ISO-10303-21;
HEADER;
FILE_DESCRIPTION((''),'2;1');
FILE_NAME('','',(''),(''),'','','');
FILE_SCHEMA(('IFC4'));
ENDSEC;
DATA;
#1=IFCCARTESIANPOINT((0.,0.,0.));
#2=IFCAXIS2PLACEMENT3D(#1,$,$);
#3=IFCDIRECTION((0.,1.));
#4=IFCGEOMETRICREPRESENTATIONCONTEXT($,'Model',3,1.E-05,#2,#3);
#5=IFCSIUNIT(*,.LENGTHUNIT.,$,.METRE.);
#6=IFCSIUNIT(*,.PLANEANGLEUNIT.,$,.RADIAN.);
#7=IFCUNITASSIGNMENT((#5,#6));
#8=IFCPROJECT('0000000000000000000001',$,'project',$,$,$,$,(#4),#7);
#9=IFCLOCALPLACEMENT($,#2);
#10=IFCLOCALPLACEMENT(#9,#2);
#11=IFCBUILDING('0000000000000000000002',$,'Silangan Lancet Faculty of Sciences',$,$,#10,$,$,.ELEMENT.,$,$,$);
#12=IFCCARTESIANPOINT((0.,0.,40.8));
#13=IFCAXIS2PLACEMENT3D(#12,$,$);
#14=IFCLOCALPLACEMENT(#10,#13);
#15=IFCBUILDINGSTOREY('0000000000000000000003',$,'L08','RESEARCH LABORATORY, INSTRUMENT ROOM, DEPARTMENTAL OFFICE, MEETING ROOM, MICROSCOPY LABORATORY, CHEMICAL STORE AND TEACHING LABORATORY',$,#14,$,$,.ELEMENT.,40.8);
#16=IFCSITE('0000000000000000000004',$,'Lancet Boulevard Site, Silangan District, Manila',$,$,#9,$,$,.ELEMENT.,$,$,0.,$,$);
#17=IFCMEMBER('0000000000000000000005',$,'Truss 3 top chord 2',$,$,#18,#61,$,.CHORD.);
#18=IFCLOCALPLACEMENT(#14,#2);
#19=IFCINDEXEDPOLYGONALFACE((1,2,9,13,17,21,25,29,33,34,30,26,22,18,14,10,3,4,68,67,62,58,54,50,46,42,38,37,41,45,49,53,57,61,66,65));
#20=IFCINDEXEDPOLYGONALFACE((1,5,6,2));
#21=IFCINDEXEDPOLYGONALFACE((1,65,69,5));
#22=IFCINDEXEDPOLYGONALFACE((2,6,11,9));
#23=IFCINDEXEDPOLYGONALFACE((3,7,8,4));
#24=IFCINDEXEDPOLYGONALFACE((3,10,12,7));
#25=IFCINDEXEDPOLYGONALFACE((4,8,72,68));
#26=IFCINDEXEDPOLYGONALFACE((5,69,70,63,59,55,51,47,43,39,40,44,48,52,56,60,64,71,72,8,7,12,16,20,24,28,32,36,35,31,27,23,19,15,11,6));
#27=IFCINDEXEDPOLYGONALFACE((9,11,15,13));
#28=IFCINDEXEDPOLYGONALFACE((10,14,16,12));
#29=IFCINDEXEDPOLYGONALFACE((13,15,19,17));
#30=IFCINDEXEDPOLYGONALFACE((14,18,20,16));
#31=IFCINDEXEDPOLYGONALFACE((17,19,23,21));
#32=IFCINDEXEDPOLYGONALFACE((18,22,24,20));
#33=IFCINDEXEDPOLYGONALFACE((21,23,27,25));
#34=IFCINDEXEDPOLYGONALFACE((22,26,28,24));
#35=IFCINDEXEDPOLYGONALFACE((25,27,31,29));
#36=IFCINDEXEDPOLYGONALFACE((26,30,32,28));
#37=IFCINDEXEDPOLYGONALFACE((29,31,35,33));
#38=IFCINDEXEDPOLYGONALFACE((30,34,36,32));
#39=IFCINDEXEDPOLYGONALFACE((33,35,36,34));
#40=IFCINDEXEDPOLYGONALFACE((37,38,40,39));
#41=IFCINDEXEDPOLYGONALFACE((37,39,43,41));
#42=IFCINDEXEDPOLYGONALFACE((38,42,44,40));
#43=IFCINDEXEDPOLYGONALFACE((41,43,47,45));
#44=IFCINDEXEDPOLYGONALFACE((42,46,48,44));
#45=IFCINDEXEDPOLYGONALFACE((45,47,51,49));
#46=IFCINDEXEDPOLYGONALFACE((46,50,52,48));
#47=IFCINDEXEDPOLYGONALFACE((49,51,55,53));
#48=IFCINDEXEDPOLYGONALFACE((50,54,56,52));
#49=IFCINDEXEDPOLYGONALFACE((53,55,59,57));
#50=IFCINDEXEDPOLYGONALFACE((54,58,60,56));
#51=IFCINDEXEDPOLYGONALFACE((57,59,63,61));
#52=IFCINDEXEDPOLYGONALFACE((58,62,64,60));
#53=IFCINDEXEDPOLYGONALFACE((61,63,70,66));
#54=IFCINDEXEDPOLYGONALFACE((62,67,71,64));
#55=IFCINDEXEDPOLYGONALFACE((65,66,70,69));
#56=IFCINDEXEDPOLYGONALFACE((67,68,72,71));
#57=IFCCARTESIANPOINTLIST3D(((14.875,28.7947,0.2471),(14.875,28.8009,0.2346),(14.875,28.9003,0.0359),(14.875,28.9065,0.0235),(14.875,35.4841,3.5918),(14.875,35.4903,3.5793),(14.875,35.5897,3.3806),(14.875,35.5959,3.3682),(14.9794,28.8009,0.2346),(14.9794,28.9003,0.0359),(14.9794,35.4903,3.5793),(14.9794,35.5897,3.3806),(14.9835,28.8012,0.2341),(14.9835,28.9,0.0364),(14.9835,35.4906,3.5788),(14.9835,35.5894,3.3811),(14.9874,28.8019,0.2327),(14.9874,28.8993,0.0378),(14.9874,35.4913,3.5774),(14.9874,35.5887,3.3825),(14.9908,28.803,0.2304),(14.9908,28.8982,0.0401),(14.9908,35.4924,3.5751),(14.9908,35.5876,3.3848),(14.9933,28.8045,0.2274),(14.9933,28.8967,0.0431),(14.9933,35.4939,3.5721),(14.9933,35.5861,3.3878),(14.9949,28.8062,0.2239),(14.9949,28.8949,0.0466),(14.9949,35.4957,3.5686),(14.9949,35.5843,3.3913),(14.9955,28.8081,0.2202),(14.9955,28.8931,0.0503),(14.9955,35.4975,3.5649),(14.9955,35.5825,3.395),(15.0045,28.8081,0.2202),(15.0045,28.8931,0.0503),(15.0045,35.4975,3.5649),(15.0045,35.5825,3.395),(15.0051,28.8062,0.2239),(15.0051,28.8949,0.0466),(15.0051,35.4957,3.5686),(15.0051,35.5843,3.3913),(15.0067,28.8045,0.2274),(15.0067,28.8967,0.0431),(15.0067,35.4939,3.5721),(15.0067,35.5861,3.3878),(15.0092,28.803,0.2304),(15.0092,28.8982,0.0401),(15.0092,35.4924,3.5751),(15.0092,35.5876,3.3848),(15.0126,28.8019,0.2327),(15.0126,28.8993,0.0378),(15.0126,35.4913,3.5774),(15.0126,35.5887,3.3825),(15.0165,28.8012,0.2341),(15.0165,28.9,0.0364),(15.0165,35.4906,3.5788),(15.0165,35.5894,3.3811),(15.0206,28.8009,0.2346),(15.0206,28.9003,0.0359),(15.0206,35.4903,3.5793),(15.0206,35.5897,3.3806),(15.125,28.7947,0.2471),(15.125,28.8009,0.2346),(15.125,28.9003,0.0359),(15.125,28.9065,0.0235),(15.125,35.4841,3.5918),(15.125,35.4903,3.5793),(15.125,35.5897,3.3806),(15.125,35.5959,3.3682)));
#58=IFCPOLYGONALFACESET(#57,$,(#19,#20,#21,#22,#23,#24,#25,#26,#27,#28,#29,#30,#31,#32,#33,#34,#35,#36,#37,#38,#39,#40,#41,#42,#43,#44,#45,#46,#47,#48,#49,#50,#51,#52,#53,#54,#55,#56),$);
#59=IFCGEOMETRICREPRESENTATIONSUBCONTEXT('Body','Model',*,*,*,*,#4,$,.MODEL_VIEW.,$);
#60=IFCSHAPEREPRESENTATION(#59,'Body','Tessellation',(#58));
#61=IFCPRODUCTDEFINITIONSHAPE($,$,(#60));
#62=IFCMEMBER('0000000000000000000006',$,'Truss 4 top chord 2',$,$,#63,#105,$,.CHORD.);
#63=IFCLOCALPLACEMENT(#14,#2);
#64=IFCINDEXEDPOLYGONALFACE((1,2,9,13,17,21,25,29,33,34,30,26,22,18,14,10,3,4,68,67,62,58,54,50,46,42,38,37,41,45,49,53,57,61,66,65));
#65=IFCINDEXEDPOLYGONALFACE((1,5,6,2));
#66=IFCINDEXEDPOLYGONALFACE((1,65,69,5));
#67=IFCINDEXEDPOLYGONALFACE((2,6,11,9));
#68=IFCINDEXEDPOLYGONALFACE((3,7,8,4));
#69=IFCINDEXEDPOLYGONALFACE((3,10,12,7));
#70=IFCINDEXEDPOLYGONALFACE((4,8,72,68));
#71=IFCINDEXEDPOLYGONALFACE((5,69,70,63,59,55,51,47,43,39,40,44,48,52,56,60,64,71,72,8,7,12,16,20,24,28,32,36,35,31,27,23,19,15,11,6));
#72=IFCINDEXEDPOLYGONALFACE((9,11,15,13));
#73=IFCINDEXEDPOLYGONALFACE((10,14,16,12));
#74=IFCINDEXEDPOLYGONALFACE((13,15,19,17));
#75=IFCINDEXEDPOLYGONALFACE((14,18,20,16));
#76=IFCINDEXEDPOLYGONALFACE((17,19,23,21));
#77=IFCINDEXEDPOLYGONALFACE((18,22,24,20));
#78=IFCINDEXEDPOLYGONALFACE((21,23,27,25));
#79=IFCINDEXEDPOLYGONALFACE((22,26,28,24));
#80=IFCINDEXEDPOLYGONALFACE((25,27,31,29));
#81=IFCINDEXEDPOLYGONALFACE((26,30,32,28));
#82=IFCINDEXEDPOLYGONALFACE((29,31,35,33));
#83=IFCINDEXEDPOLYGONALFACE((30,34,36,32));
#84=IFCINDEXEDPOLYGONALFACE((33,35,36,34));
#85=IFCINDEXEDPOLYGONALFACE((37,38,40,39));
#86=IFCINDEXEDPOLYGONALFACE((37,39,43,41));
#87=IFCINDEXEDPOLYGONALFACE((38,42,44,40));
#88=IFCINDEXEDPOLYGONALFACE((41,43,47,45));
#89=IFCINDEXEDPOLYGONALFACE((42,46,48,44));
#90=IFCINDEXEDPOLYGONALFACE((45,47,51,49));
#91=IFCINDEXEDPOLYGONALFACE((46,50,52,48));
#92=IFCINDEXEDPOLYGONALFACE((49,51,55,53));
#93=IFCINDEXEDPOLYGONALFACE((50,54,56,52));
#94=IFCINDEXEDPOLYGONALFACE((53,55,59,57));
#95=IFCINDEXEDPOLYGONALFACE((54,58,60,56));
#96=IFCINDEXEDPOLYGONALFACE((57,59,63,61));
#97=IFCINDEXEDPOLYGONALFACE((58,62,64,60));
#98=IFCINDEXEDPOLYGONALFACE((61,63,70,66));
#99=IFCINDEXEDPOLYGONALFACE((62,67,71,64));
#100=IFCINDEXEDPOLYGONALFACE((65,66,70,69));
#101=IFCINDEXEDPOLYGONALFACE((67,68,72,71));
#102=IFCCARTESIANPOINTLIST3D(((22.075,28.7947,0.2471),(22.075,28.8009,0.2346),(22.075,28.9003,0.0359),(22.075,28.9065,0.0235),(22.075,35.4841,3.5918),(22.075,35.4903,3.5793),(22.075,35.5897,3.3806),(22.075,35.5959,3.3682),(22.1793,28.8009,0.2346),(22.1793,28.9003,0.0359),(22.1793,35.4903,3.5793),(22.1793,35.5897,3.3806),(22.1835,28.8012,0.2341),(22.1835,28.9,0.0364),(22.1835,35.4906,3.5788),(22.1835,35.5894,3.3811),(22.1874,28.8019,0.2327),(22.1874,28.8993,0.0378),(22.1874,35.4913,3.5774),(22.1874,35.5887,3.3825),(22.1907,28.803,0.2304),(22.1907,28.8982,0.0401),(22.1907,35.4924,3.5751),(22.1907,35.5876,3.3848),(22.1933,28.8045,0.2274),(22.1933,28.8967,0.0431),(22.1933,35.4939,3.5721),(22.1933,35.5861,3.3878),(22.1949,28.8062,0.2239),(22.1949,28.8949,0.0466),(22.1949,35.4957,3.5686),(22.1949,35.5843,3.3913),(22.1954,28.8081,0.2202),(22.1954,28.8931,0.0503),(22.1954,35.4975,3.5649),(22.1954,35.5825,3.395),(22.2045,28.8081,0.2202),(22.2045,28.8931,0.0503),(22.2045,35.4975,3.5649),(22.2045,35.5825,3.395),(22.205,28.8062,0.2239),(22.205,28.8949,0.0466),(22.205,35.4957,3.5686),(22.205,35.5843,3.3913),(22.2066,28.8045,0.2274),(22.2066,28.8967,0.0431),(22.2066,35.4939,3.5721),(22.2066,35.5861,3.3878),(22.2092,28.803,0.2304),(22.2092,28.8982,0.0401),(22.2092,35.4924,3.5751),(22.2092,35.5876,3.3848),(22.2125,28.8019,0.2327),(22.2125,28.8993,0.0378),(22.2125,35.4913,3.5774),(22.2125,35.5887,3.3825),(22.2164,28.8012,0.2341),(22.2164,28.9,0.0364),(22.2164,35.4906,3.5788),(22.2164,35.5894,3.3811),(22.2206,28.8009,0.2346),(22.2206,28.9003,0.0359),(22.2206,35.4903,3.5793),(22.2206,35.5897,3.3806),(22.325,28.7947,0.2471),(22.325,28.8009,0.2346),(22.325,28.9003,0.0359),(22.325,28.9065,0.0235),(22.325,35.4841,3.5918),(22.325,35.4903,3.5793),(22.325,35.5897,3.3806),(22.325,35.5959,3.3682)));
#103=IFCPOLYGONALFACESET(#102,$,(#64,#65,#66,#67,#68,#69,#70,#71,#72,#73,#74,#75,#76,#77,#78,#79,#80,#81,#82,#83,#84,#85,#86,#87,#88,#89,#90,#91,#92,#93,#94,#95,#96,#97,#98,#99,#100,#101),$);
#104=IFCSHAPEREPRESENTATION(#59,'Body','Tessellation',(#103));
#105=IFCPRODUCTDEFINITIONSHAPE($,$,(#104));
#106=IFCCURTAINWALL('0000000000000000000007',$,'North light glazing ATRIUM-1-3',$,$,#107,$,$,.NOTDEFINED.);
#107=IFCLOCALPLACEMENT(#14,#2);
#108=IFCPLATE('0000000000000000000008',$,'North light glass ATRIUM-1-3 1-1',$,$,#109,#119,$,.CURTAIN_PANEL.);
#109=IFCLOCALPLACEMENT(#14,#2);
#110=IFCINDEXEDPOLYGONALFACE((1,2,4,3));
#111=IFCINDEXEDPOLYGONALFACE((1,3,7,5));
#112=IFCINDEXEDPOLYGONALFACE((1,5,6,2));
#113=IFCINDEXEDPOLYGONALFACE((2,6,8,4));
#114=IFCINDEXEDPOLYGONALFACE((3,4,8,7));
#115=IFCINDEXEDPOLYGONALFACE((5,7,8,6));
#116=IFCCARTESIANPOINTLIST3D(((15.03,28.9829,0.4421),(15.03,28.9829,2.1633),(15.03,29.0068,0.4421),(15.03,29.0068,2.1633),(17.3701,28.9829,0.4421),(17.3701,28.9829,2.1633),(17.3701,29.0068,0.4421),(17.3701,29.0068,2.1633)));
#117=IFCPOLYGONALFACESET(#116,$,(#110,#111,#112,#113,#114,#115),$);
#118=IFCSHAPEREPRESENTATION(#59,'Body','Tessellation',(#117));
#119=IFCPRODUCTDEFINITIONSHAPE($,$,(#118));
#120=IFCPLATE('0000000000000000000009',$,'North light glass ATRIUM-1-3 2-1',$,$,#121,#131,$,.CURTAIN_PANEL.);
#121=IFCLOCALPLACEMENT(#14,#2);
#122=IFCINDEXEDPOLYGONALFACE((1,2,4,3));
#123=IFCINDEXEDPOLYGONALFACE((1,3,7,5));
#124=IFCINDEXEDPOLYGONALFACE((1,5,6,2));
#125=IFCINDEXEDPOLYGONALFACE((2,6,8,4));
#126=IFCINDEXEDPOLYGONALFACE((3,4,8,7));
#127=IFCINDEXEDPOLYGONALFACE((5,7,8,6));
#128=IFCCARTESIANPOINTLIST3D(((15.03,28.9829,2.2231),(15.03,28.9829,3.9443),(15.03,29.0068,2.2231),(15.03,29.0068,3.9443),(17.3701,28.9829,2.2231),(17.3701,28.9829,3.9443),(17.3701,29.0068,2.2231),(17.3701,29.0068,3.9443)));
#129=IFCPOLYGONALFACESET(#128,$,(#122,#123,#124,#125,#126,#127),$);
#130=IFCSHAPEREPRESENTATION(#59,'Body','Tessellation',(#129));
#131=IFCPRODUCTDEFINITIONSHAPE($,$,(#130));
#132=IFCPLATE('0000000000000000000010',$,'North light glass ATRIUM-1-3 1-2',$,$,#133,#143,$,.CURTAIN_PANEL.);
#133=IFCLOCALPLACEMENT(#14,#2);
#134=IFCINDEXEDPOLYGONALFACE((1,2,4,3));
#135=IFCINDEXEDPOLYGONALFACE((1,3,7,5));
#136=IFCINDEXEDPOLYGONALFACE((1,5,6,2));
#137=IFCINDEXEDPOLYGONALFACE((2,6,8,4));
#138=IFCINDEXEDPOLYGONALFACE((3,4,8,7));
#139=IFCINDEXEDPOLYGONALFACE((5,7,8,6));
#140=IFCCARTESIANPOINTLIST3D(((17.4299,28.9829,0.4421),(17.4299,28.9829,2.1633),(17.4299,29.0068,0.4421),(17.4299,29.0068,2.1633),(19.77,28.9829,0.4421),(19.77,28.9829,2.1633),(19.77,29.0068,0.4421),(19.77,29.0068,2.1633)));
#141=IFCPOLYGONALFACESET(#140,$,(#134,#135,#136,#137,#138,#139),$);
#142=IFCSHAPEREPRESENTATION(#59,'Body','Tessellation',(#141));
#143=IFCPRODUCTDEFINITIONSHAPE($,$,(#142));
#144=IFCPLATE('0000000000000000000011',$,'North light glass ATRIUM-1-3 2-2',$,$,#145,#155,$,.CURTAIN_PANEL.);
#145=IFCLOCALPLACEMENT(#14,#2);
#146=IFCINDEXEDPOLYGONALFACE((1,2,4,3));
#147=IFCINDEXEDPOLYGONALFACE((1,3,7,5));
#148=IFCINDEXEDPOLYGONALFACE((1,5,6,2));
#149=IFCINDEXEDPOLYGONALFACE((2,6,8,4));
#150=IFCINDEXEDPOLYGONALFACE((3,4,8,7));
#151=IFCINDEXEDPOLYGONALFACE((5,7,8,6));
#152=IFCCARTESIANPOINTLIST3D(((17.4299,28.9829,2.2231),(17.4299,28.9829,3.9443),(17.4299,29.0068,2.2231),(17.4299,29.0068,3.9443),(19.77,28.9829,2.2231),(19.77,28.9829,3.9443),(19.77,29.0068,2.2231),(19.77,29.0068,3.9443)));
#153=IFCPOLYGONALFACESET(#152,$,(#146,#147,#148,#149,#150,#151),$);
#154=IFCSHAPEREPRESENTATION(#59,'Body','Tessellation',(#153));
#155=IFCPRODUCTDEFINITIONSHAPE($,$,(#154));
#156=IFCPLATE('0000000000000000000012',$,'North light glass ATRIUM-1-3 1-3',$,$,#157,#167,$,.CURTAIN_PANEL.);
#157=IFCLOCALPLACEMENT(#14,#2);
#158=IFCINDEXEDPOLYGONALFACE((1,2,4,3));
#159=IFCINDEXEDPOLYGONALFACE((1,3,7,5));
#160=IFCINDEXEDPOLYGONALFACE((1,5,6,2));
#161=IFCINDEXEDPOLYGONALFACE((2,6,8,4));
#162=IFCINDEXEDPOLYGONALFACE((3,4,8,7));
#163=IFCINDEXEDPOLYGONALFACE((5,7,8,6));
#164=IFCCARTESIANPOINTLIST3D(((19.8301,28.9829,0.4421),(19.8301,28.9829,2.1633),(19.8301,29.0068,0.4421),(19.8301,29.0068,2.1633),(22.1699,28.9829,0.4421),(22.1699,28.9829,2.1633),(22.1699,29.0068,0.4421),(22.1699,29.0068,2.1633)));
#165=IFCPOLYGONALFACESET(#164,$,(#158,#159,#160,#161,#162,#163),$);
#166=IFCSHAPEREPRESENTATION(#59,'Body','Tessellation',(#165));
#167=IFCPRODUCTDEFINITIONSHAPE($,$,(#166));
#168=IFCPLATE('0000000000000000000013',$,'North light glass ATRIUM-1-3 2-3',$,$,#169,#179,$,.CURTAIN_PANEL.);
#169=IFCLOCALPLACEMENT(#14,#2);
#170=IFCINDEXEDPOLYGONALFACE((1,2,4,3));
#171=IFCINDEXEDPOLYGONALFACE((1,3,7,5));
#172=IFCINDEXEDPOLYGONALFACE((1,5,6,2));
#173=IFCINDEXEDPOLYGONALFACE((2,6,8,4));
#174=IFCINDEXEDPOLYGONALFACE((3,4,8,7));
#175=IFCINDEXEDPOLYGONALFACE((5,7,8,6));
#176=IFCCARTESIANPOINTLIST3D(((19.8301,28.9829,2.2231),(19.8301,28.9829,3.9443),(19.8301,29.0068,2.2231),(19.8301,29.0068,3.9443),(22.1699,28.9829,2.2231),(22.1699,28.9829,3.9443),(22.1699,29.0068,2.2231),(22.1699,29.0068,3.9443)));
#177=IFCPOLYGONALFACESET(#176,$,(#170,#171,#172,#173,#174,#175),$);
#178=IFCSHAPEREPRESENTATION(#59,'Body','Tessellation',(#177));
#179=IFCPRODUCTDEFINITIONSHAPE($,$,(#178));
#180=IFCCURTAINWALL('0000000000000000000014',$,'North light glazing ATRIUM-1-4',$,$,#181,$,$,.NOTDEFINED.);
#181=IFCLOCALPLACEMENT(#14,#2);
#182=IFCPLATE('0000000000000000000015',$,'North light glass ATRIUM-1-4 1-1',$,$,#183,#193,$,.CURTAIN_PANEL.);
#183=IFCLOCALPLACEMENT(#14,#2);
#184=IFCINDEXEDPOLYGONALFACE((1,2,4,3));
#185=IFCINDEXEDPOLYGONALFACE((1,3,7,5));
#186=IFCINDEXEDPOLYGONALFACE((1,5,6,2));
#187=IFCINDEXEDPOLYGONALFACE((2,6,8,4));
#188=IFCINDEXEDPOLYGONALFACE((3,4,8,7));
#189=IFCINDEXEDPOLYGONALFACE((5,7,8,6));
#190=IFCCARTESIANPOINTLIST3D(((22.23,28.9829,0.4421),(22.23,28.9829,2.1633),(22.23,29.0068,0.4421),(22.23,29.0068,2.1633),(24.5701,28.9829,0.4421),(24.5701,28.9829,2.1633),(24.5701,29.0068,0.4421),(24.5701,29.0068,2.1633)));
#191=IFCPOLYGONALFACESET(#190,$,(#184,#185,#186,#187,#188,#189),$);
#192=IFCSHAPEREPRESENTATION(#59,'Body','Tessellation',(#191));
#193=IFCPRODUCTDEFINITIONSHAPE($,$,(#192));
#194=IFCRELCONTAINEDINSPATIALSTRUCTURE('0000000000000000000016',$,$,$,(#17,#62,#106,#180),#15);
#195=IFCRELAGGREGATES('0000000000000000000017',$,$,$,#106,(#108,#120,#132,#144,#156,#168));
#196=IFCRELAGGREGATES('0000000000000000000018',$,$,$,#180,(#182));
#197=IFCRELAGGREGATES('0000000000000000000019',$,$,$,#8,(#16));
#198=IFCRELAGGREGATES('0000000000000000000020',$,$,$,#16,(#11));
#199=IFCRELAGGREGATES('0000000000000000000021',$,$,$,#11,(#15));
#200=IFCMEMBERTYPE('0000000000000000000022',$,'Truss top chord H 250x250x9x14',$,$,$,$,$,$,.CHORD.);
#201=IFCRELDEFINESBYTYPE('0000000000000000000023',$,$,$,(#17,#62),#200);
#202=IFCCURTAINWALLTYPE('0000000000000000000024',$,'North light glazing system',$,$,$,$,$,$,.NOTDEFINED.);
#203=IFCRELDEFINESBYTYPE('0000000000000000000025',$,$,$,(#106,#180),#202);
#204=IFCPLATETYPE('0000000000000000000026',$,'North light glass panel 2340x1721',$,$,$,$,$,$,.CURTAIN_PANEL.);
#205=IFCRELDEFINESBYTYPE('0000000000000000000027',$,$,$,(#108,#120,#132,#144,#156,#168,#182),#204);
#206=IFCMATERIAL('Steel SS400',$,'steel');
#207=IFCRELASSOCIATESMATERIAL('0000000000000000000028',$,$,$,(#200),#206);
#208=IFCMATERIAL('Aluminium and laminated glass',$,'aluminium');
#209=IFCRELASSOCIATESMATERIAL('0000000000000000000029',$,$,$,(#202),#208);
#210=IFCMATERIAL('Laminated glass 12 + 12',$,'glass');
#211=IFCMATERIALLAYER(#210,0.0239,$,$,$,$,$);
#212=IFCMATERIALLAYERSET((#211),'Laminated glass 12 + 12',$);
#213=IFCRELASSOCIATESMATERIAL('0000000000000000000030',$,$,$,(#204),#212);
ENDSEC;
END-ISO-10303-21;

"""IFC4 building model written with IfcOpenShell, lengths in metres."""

from ifc_helpers import new_model, si_unit, direction, frame, origin, origin_2d, place, context, subcontext, project, spatial, polyline, i_section, outline, extrude, material, layer, layer_set, material_profile, profile_set, type_object, element, aggregate, save


model = new_model("IFC4")

# Units and contexts
model_context = context("Model", 3, precision=1e-05, world=origin(), true_north=direction((0.0, 1.0)))
body_context = subcontext(model_context, "Body", "Model", "MODEL_VIEW")
ifc_project = project(units=[si_unit("LENGTHUNIT", "METRE"), si_unit("PLANEANGLEUNIT", "RADIAN")], contexts=[model_context])

# Site, building, storey
site_placement = place(None, origin())
site = spatial("IfcSite", under=ifc_project, at=site_placement, Name="Lancet Boulevard Site, Silangan District, Manila", CompositionType="ELEMENT", RefElevation=0.0)
building_placement = place(site_placement, origin())
building = spatial("IfcBuilding", under=site, at=building_placement, Name="Silangan Lancet Faculty of Sciences", CompositionType="ELEMENT")
storey_placement = place(building_placement, frame((0.0, 0.0, 40.8)))
storey = spatial("IfcBuildingStorey", under=building, at=storey_placement, Name="L08", Description="RESEARCH LABORATORY, INSTRUMENT ROOM, DEPARTMENTAL OFFICE, MEETING ROOM, MICROSCOPY LABORATORY, CHEMICAL STORE AND TEACHING LABORATORY", CompositionType="ELEMENT", Elevation=40.8)

# Members
ifc_material_1 = material(Name="Steel SS400", Category="steel")
ifc_material_profile_1 = material_profile(ifc_material_1, i_section(OverallWidth=0.25, OverallDepth=0.25, WebThickness=0.009, FlangeThickness=0.0139, FilletRadius=0.0161, at=origin_2d()), Name="H 250x250x9x14")
ifc_profile_set_1 = profile_set([ifc_material_profile_1], Name="Steel SS400")
member_type_1 = type_object("IfcMemberType", Name="Truss top chord H 250x250x9x14", PredefinedType="CHORD", material=ifc_profile_set_1)
for number, where, z_axis, x_axis, name in (
    (1, (15.0, 28.8506, 0.1353), (0.0, 0.894427, 0.447214), (-1.0, 0.0, 0.0), "Truss 3 top chord 2"),
    (2, (22.2, 28.8506, 0.1353), (0.0, 0.894427, 0.447214), (-1.0, 0.0, 0.0), "Truss 4 top chord 2"),
):
    element("IfcMember", number, at=place(storey_placement, frame(where, z_axis=z_axis, x_axis=x_axis)), inside=storey, type_object=member_type_1, Name=name, PredefinedType="CHORD", context=body_context, shape_type="SweptSolid", body=[
        extrude(i_section(OverallWidth=0.25, OverallDepth=0.25, WebThickness=0.009, FlangeThickness=0.0139, FilletRadius=0.0161, at=origin_2d()), origin(), (0.0, 0.0, 1.0), 7.479),
    ])

# Curtain walls, plates
ifc_material_2 = material(Name="Aluminium and laminated glass", Category="aluminium")
curtain_wall_type = type_object("IfcCurtainWallType", Name="North light glazing system", PredefinedType="NOTDEFINED", material=ifc_material_2)
curtain_wall_1_placement = place(storey_placement, origin())
curtain_wall_1 = element("IfcCurtainWall", 3, at=curtain_wall_1_placement, inside=storey, type_object=curtain_wall_type, Name="North light glazing ATRIUM-1-3", PredefinedType="NOTDEFINED")
ifc_material_3 = material(Name="Laminated glass 12 + 12", Category="glass")
ifc_layer = layer(ifc_material_3, 0.0239)
ifc_layer_set = layer_set([ifc_layer], Name="Laminated glass 12 + 12")
plate_type = type_object("IfcPlateType", Name="North light glass panel 2340x1721", PredefinedType="CURTAIN_PANEL", material=ifc_layer_set)
plate_1_placement = place(storey_placement, frame((15.03, 28.9829, 0.4421), z_axis=(0.0, -1.0, 0.0), x_axis=(1.0, 0.0, 0.0)))
plate_1 = element("IfcPlate", 4, at=plate_1_placement, type_object=plate_type, Name="North light glass ATRIUM-1-3 1-1", PredefinedType="CURTAIN_PANEL", context=body_context, shape_type="SweptSolid", body=[
    extrude(outline(polyline([(0.0, 0.0), (2.3401, 0.0), (2.3401, 1.7212), (0.0, 1.7212), (0.0, 0.0)])), origin(), (0.0, 0.0, -1.0), 0.0239),
])
plate_2_placement = place(storey_placement, frame((15.03, 28.9829, 2.2231), z_axis=(0.0, -1.0, 0.0), x_axis=(1.0, 0.0, 0.0)))
plate_2 = element("IfcPlate", 5, at=plate_2_placement, type_object=plate_type, Name="North light glass ATRIUM-1-3 2-1", PredefinedType="CURTAIN_PANEL", context=body_context, shape_type="SweptSolid", body=[
    extrude(outline(polyline([(0.0, 0.0), (2.3401, 0.0), (2.3401, 1.7212), (0.0, 1.7212), (0.0, 0.0)])), origin(), (0.0, 0.0, -1.0), 0.0239),
])
plate_3_placement = place(storey_placement, frame((17.4299, 28.9829, 0.4421), z_axis=(0.0, -1.0, 0.0), x_axis=(1.0, 0.0, 0.0)))
plate_3 = element("IfcPlate", 6, at=plate_3_placement, type_object=plate_type, Name="North light glass ATRIUM-1-3 1-2", PredefinedType="CURTAIN_PANEL", context=body_context, shape_type="SweptSolid", body=[
    extrude(outline(polyline([(0.0, 0.0), (2.3401, 0.0), (2.3401, 1.7212), (0.0, 1.7212), (0.0, 0.0)])), origin(), (0.0, 0.0, -1.0), 0.0239),
])
plate_4_placement = place(storey_placement, frame((17.4299, 28.9829, 2.2231), z_axis=(0.0, -1.0, 0.0), x_axis=(1.0, 0.0, 0.0)))
plate_4 = element("IfcPlate", 7, at=plate_4_placement, type_object=plate_type, Name="North light glass ATRIUM-1-3 2-2", PredefinedType="CURTAIN_PANEL", context=body_context, shape_type="SweptSolid", body=[
    extrude(outline(polyline([(0.0, 0.0), (2.3401, 0.0), (2.3401, 1.7212), (0.0, 1.7212), (0.0, 0.0)])), origin(), (0.0, 0.0, -1.0), 0.0239),
])
plate_5_placement = place(storey_placement, frame((19.8301, 28.9829, 0.4421), z_axis=(0.0, -1.0, 0.0), x_axis=(1.0, 0.0, 0.0)))
plate_5 = element("IfcPlate", 8, at=plate_5_placement, type_object=plate_type, Name="North light glass ATRIUM-1-3 1-3", PredefinedType="CURTAIN_PANEL", context=body_context, shape_type="SweptSolid", body=[
    extrude(outline(polyline([(0.0, 0.0), (2.3398, 0.0), (2.3398, 1.7212), (0.0, 1.7212), (0.0, 0.0)])), origin(), (0.0, 0.0, -1.0), 0.0239),
])
plate_6_placement = place(storey_placement, frame((19.8301, 28.9829, 2.2231), z_axis=(0.0, -1.0, 0.0), x_axis=(1.0, 0.0, 0.0)))
plate_6 = element("IfcPlate", 9, at=plate_6_placement, type_object=plate_type, Name="North light glass ATRIUM-1-3 2-3", PredefinedType="CURTAIN_PANEL", context=body_context, shape_type="SweptSolid", body=[
    extrude(outline(polyline([(0.0, 0.0), (2.3398, 0.0), (2.3398, 1.7212), (0.0, 1.7212), (0.0, 0.0)])), origin(), (0.0, 0.0, -1.0), 0.0239),
])
aggregate(curtain_wall_1, [plate_1, plate_2, plate_3, plate_4, plate_5, plate_6])
curtain_wall_2_placement = place(storey_placement, origin())
curtain_wall_2 = element("IfcCurtainWall", 10, at=curtain_wall_2_placement, inside=storey, type_object=curtain_wall_type, Name="North light glazing ATRIUM-1-4", PredefinedType="NOTDEFINED")
plate_7_placement = place(storey_placement, frame((22.23, 28.9829, 0.4421), z_axis=(0.0, -1.0, 0.0), x_axis=(1.0, 0.0, 0.0)))
plate_7 = element("IfcPlate", 11, at=plate_7_placement, type_object=plate_type, Name="North light glass ATRIUM-1-4 1-1", PredefinedType="CURTAIN_PANEL", context=body_context, shape_type="SweptSolid", body=[
    extrude(outline(polyline([(0.0, 0.0), (2.3401, 0.0), (2.3401, 1.7212), (0.0, 1.7212), (0.0, 0.0)])), origin(), (0.0, 0.0, -1.0), 0.0239),
])
aggregate(curtain_wall_2, [plate_7])

save(model, "model.ifc")
